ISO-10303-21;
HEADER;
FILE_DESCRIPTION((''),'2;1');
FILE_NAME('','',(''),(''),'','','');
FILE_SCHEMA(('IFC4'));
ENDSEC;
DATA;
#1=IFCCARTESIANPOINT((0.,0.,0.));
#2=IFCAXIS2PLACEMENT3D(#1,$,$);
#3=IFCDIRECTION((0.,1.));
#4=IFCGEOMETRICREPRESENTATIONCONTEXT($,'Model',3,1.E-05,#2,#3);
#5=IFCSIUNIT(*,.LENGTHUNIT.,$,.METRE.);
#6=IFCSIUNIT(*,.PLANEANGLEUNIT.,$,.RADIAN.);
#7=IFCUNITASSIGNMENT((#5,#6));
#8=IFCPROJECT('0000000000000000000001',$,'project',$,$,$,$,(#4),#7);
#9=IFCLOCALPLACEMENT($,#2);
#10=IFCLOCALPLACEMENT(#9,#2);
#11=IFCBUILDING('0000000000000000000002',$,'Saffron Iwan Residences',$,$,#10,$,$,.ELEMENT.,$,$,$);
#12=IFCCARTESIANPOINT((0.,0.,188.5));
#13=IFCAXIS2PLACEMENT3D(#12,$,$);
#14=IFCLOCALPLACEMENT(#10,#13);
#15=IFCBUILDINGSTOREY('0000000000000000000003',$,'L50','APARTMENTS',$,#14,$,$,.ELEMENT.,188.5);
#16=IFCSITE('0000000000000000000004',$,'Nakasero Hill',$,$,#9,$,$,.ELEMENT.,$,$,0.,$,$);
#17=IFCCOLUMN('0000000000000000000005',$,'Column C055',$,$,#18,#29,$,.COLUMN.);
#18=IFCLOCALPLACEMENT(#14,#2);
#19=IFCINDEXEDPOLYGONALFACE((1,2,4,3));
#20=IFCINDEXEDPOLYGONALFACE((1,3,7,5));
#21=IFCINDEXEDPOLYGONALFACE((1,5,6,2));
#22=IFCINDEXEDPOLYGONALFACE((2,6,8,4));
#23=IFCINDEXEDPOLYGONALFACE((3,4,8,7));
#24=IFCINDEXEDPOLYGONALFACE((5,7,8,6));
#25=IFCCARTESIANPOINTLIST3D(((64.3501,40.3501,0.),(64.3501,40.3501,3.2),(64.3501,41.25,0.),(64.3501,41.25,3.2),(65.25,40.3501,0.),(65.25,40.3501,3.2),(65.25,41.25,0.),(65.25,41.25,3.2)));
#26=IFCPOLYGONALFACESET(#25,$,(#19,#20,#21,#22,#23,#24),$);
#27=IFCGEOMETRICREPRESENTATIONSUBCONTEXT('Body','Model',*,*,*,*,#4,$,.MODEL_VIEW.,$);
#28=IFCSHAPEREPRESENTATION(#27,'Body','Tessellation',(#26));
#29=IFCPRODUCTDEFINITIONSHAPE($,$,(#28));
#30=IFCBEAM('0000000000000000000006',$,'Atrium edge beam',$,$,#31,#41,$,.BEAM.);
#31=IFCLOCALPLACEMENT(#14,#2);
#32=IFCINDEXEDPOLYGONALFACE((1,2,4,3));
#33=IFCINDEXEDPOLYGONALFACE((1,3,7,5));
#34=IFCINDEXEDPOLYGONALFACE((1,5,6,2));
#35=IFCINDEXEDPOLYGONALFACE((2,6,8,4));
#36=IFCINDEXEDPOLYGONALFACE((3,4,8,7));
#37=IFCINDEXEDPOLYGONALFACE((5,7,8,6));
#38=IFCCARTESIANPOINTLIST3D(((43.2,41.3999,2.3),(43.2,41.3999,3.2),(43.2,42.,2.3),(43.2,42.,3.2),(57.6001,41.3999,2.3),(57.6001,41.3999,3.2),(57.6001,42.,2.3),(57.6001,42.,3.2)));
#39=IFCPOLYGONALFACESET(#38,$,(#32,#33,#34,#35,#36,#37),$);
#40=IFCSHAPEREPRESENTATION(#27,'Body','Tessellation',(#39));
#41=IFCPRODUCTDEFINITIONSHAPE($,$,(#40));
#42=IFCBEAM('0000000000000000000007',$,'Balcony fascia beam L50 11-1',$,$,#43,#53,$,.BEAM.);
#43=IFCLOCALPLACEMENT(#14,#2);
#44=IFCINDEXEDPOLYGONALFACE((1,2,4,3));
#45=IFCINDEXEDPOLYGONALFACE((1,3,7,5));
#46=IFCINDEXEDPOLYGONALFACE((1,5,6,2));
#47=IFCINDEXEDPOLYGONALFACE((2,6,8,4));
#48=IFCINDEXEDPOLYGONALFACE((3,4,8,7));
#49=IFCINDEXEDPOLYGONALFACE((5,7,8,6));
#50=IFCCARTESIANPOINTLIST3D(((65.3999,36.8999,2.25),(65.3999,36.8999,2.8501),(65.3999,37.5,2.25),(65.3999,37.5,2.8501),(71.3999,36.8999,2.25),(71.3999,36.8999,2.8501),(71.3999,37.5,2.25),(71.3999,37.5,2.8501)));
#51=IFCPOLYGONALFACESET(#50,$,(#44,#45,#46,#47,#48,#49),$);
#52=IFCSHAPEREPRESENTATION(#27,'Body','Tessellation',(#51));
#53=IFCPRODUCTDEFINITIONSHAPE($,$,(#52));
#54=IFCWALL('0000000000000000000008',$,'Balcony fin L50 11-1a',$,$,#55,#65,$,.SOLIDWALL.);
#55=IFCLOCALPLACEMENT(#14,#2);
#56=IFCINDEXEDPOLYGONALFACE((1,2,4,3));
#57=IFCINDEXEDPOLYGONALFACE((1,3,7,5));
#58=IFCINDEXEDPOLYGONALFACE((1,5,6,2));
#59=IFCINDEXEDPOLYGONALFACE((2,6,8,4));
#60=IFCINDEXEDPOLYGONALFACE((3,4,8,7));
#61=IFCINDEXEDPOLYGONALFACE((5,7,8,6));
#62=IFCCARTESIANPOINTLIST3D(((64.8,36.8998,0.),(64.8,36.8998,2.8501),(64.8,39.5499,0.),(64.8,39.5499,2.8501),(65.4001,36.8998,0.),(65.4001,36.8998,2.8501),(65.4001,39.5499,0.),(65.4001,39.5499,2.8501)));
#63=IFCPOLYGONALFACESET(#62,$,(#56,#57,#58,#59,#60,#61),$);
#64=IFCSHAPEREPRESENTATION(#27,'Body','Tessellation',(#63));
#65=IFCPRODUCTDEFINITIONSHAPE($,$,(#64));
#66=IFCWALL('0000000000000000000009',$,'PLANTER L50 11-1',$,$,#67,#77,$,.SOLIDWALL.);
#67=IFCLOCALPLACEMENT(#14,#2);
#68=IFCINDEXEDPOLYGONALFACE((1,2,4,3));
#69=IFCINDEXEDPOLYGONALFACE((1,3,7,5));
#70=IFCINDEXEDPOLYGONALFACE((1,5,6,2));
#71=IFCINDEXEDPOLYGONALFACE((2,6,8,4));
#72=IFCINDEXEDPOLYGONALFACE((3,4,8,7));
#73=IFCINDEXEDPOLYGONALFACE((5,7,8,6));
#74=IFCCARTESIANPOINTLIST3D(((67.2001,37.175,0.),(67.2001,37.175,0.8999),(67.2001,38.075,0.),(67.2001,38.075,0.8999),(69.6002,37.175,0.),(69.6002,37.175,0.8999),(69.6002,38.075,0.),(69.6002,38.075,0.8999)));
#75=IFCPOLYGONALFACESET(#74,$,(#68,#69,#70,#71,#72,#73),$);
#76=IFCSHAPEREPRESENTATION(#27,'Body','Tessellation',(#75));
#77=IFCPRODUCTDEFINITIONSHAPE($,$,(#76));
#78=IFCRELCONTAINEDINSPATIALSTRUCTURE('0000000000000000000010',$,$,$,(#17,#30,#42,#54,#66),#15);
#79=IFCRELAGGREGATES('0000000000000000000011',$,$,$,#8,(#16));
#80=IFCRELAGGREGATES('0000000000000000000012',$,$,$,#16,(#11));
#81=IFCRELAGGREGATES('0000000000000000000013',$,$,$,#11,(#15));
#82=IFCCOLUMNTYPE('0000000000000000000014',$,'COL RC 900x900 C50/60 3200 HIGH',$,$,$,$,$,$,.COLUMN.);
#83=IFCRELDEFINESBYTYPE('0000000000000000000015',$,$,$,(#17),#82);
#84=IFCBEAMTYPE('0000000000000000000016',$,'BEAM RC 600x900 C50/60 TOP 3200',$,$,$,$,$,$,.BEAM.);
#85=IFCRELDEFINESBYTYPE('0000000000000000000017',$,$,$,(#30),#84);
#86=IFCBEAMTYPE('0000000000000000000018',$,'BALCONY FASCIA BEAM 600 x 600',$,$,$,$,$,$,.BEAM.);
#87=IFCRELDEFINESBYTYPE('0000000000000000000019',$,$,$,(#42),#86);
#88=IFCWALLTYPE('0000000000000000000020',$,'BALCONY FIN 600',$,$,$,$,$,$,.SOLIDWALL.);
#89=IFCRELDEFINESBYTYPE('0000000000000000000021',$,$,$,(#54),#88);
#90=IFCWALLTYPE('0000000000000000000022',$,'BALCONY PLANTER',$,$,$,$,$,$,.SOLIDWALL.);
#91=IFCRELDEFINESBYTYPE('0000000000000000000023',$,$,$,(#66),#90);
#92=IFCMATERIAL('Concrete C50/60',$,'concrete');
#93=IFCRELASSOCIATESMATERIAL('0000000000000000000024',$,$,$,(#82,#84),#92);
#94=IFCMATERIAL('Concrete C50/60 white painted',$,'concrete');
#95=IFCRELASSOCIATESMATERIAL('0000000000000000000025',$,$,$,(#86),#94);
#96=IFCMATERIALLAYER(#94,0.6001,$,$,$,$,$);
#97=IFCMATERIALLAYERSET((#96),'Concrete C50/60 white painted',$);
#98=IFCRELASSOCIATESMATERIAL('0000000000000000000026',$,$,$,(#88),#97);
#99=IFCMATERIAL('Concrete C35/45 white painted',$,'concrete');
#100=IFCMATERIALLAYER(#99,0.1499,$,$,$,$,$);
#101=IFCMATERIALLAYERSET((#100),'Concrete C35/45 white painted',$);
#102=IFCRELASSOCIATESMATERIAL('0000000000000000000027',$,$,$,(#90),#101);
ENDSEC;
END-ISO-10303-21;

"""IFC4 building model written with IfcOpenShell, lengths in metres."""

from ifc_helpers import new_model, si_unit, direction, frame, frame_2d, origin, origin_2d, place, context, subcontext, project, spatial, rectangle, extrude, source, transform, mapped, material, layer, layer_set, material_profile, profile_set, type_object, element, save


model = new_model("IFC4")

# Units and contexts
model_context = context("Model", 3, precision=1e-05, world=origin(), true_north=direction((0.0, 1.0)))
body_context = subcontext(model_context, "Body", "Model", "MODEL_VIEW")
ifc_project = project(units=[si_unit("LENGTHUNIT", "METRE"), si_unit("PLANEANGLEUNIT", "RADIAN")], contexts=[model_context])

# Site, building, storey
site_placement = place(None, origin())
site = spatial("IfcSite", under=ifc_project, at=site_placement, Name="Nakasero Hill", CompositionType="ELEMENT", RefElevation=0.0)
building_placement = place(site_placement, origin())
building = spatial("IfcBuilding", under=site, at=building_placement, Name="Saffron Iwan Residences", CompositionType="ELEMENT")
storey_placement = place(building_placement, frame((0.0, 0.0, 188.5)))
storey = spatial("IfcBuildingStorey", under=building, at=storey_placement, Name="L50", Description="APARTMENTS", CompositionType="ELEMENT", Elevation=188.5)

# Column
ifc_material_1 = material(Name="Concrete C50/60", Category="concrete")
ifc_material_profile_1 = material_profile(ifc_material_1, rectangle(XDim=0.8999, YDim=0.8999, at=origin_2d()), Name="RC 900x900")
ifc_profile_set_1 = profile_set([ifc_material_profile_1], Name="Concrete C50/60")
column_type = type_object("IfcColumnType", Name="COL RC 900x900 C50/60 3200 HIGH", PredefinedType="COLUMN", material=ifc_profile_set_1)
shared_shape_1 = source(origin(), body_context, "Body", "SweptSolid", [
    extrude(rectangle(XDim=0.8999, YDim=0.8999, at=origin_2d()), origin(), (0.0, 0.0, 1.0), 3.2),
])
column_placement = place(storey_placement, frame((64.8, 40.8, 0.0), z_axis=(0.0, 0.0, 1.0), x_axis=(1.0, 0.0, 0.0)))
element("IfcColumn", 1, at=column_placement, inside=storey, type_object=column_type, Name="Column C055", PredefinedType="COLUMN", context=body_context, shape_type="MappedRepresentation", body=[
    mapped(shared_shape_1, transform((0.0, 0.0, 0.0))),
])

# Beams
ifc_material_profile_2 = material_profile(ifc_material_1, rectangle(XDim=0.6001, YDim=0.8999, at=origin_2d()), Name="RC 600x900")
ifc_profile_set_2 = profile_set([ifc_material_profile_2], Name="Concrete C50/60")
beam_type_1 = type_object("IfcBeamType", Name="BEAM RC 600x900 C50/60 TOP 3200", PredefinedType="BEAM", material=ifc_profile_set_2)
shared_shape_2 = source(origin(), body_context, "Body", "SweptSolid", [
    extrude(rectangle(XDim=0.6001, YDim=0.8999, at=origin_2d()), origin(), (0.0, 0.0, 1.0), 14.4001),
])
beam_1_placement = place(storey_placement, frame((57.6001, 41.7, 2.75), z_axis=(-1.0, 0.0, 0.0), x_axis=(0.0, -1.0, 0.0)))
element("IfcBeam", 2, at=beam_1_placement, inside=storey, type_object=beam_type_1, Name="Atrium edge beam", PredefinedType="BEAM", context=body_context, shape_type="MappedRepresentation", body=[
    mapped(shared_shape_2, transform((0.0, 0.0, 0.0))),
])
ifc_material_2 = material(Name="Concrete C50/60 white painted", Category="concrete")
ifc_material_profile_3 = material_profile(ifc_material_2, rectangle(XDim=0.6001, YDim=0.6001, at=origin_2d()), Name="BALCONY FASCIA BEAM 600 x 600")
ifc_profile_set_3 = profile_set([ifc_material_profile_3], Name="Concrete C50/60 white painted")
beam_type_2 = type_object("IfcBeamType", Name="BALCONY FASCIA BEAM 600 x 600", PredefinedType="BEAM", material=ifc_profile_set_3)
shared_shape_3 = source(origin(), body_context, "Body", "SweptSolid", [
    extrude(rectangle(XDim=0.6001, YDim=0.6001, at=origin_2d()), origin(), (0.0, 0.0, 1.0), 6.0),
])
beam_2_placement = place(storey_placement, frame((65.3999, 37.2, 2.55), z_axis=(1.0, 0.0, 0.0), x_axis=(0.0, 1.0, 0.0)))
element("IfcBeam", 3, at=beam_2_placement, inside=storey, type_object=beam_type_2, Name="Balcony fascia beam L50 11-1", PredefinedType="BEAM", context=body_context, shape_type="MappedRepresentation", body=[
    mapped(shared_shape_3, transform((0.0, 0.0, 0.0))),
])

# Walls
ifc_layer_1 = layer(ifc_material_2, 0.6001)
ifc_layer_set_1 = layer_set([ifc_layer_1], Name="Concrete C50/60 white painted")
wall_type_1 = type_object("IfcWallType", Name="BALCONY FIN 600", PredefinedType="SOLIDWALL", material=ifc_layer_set_1)
wall_1_placement = place(storey_placement, frame((65.1001, 39.55, 0.0), z_axis=(0.0, 0.0, 1.0), x_axis=(0.0, -1.0, 0.0)))
element("IfcWall", 4, at=wall_1_placement, inside=storey, type_object=wall_type_1, Name="Balcony fin L50 11-1a", PredefinedType="SOLIDWALL", context=body_context, shape_type="SweptSolid", body=[
    extrude(rectangle(XDim=2.6501, YDim=0.6001, at=frame_2d((1.3252, 0.0))), origin(), (0.0, 0.0, 1.0), 2.8501),
])
ifc_material_3 = material(Name="Concrete C35/45 white painted", Category="concrete")
ifc_layer_2 = layer(ifc_material_3, 0.1499)
ifc_layer_set_2 = layer_set([ifc_layer_2], Name="Concrete C35/45 white painted")
wall_type_2 = type_object("IfcWallType", Name="BALCONY PLANTER", PredefinedType="SOLIDWALL", material=ifc_layer_set_2)
wall_2_placement = place(storey_placement, frame((67.2, 37.625, 0.0), z_axis=(0.0, 0.0, 1.0), x_axis=(1.0, 0.0, 0.0)))
element("IfcWall", 5, at=wall_2_placement, inside=storey, type_object=wall_type_2, Name="PLANTER L50 11-1", PredefinedType="SOLIDWALL", context=body_context, shape_type="SweptSolid", body=[
    extrude(rectangle(XDim=2.4001, YDim=0.8999, at=frame_2d((1.2002, 0.0))), origin(), (0.0, 0.0, 1.0), 0.8999),
])

save(model, "model.ifc")
